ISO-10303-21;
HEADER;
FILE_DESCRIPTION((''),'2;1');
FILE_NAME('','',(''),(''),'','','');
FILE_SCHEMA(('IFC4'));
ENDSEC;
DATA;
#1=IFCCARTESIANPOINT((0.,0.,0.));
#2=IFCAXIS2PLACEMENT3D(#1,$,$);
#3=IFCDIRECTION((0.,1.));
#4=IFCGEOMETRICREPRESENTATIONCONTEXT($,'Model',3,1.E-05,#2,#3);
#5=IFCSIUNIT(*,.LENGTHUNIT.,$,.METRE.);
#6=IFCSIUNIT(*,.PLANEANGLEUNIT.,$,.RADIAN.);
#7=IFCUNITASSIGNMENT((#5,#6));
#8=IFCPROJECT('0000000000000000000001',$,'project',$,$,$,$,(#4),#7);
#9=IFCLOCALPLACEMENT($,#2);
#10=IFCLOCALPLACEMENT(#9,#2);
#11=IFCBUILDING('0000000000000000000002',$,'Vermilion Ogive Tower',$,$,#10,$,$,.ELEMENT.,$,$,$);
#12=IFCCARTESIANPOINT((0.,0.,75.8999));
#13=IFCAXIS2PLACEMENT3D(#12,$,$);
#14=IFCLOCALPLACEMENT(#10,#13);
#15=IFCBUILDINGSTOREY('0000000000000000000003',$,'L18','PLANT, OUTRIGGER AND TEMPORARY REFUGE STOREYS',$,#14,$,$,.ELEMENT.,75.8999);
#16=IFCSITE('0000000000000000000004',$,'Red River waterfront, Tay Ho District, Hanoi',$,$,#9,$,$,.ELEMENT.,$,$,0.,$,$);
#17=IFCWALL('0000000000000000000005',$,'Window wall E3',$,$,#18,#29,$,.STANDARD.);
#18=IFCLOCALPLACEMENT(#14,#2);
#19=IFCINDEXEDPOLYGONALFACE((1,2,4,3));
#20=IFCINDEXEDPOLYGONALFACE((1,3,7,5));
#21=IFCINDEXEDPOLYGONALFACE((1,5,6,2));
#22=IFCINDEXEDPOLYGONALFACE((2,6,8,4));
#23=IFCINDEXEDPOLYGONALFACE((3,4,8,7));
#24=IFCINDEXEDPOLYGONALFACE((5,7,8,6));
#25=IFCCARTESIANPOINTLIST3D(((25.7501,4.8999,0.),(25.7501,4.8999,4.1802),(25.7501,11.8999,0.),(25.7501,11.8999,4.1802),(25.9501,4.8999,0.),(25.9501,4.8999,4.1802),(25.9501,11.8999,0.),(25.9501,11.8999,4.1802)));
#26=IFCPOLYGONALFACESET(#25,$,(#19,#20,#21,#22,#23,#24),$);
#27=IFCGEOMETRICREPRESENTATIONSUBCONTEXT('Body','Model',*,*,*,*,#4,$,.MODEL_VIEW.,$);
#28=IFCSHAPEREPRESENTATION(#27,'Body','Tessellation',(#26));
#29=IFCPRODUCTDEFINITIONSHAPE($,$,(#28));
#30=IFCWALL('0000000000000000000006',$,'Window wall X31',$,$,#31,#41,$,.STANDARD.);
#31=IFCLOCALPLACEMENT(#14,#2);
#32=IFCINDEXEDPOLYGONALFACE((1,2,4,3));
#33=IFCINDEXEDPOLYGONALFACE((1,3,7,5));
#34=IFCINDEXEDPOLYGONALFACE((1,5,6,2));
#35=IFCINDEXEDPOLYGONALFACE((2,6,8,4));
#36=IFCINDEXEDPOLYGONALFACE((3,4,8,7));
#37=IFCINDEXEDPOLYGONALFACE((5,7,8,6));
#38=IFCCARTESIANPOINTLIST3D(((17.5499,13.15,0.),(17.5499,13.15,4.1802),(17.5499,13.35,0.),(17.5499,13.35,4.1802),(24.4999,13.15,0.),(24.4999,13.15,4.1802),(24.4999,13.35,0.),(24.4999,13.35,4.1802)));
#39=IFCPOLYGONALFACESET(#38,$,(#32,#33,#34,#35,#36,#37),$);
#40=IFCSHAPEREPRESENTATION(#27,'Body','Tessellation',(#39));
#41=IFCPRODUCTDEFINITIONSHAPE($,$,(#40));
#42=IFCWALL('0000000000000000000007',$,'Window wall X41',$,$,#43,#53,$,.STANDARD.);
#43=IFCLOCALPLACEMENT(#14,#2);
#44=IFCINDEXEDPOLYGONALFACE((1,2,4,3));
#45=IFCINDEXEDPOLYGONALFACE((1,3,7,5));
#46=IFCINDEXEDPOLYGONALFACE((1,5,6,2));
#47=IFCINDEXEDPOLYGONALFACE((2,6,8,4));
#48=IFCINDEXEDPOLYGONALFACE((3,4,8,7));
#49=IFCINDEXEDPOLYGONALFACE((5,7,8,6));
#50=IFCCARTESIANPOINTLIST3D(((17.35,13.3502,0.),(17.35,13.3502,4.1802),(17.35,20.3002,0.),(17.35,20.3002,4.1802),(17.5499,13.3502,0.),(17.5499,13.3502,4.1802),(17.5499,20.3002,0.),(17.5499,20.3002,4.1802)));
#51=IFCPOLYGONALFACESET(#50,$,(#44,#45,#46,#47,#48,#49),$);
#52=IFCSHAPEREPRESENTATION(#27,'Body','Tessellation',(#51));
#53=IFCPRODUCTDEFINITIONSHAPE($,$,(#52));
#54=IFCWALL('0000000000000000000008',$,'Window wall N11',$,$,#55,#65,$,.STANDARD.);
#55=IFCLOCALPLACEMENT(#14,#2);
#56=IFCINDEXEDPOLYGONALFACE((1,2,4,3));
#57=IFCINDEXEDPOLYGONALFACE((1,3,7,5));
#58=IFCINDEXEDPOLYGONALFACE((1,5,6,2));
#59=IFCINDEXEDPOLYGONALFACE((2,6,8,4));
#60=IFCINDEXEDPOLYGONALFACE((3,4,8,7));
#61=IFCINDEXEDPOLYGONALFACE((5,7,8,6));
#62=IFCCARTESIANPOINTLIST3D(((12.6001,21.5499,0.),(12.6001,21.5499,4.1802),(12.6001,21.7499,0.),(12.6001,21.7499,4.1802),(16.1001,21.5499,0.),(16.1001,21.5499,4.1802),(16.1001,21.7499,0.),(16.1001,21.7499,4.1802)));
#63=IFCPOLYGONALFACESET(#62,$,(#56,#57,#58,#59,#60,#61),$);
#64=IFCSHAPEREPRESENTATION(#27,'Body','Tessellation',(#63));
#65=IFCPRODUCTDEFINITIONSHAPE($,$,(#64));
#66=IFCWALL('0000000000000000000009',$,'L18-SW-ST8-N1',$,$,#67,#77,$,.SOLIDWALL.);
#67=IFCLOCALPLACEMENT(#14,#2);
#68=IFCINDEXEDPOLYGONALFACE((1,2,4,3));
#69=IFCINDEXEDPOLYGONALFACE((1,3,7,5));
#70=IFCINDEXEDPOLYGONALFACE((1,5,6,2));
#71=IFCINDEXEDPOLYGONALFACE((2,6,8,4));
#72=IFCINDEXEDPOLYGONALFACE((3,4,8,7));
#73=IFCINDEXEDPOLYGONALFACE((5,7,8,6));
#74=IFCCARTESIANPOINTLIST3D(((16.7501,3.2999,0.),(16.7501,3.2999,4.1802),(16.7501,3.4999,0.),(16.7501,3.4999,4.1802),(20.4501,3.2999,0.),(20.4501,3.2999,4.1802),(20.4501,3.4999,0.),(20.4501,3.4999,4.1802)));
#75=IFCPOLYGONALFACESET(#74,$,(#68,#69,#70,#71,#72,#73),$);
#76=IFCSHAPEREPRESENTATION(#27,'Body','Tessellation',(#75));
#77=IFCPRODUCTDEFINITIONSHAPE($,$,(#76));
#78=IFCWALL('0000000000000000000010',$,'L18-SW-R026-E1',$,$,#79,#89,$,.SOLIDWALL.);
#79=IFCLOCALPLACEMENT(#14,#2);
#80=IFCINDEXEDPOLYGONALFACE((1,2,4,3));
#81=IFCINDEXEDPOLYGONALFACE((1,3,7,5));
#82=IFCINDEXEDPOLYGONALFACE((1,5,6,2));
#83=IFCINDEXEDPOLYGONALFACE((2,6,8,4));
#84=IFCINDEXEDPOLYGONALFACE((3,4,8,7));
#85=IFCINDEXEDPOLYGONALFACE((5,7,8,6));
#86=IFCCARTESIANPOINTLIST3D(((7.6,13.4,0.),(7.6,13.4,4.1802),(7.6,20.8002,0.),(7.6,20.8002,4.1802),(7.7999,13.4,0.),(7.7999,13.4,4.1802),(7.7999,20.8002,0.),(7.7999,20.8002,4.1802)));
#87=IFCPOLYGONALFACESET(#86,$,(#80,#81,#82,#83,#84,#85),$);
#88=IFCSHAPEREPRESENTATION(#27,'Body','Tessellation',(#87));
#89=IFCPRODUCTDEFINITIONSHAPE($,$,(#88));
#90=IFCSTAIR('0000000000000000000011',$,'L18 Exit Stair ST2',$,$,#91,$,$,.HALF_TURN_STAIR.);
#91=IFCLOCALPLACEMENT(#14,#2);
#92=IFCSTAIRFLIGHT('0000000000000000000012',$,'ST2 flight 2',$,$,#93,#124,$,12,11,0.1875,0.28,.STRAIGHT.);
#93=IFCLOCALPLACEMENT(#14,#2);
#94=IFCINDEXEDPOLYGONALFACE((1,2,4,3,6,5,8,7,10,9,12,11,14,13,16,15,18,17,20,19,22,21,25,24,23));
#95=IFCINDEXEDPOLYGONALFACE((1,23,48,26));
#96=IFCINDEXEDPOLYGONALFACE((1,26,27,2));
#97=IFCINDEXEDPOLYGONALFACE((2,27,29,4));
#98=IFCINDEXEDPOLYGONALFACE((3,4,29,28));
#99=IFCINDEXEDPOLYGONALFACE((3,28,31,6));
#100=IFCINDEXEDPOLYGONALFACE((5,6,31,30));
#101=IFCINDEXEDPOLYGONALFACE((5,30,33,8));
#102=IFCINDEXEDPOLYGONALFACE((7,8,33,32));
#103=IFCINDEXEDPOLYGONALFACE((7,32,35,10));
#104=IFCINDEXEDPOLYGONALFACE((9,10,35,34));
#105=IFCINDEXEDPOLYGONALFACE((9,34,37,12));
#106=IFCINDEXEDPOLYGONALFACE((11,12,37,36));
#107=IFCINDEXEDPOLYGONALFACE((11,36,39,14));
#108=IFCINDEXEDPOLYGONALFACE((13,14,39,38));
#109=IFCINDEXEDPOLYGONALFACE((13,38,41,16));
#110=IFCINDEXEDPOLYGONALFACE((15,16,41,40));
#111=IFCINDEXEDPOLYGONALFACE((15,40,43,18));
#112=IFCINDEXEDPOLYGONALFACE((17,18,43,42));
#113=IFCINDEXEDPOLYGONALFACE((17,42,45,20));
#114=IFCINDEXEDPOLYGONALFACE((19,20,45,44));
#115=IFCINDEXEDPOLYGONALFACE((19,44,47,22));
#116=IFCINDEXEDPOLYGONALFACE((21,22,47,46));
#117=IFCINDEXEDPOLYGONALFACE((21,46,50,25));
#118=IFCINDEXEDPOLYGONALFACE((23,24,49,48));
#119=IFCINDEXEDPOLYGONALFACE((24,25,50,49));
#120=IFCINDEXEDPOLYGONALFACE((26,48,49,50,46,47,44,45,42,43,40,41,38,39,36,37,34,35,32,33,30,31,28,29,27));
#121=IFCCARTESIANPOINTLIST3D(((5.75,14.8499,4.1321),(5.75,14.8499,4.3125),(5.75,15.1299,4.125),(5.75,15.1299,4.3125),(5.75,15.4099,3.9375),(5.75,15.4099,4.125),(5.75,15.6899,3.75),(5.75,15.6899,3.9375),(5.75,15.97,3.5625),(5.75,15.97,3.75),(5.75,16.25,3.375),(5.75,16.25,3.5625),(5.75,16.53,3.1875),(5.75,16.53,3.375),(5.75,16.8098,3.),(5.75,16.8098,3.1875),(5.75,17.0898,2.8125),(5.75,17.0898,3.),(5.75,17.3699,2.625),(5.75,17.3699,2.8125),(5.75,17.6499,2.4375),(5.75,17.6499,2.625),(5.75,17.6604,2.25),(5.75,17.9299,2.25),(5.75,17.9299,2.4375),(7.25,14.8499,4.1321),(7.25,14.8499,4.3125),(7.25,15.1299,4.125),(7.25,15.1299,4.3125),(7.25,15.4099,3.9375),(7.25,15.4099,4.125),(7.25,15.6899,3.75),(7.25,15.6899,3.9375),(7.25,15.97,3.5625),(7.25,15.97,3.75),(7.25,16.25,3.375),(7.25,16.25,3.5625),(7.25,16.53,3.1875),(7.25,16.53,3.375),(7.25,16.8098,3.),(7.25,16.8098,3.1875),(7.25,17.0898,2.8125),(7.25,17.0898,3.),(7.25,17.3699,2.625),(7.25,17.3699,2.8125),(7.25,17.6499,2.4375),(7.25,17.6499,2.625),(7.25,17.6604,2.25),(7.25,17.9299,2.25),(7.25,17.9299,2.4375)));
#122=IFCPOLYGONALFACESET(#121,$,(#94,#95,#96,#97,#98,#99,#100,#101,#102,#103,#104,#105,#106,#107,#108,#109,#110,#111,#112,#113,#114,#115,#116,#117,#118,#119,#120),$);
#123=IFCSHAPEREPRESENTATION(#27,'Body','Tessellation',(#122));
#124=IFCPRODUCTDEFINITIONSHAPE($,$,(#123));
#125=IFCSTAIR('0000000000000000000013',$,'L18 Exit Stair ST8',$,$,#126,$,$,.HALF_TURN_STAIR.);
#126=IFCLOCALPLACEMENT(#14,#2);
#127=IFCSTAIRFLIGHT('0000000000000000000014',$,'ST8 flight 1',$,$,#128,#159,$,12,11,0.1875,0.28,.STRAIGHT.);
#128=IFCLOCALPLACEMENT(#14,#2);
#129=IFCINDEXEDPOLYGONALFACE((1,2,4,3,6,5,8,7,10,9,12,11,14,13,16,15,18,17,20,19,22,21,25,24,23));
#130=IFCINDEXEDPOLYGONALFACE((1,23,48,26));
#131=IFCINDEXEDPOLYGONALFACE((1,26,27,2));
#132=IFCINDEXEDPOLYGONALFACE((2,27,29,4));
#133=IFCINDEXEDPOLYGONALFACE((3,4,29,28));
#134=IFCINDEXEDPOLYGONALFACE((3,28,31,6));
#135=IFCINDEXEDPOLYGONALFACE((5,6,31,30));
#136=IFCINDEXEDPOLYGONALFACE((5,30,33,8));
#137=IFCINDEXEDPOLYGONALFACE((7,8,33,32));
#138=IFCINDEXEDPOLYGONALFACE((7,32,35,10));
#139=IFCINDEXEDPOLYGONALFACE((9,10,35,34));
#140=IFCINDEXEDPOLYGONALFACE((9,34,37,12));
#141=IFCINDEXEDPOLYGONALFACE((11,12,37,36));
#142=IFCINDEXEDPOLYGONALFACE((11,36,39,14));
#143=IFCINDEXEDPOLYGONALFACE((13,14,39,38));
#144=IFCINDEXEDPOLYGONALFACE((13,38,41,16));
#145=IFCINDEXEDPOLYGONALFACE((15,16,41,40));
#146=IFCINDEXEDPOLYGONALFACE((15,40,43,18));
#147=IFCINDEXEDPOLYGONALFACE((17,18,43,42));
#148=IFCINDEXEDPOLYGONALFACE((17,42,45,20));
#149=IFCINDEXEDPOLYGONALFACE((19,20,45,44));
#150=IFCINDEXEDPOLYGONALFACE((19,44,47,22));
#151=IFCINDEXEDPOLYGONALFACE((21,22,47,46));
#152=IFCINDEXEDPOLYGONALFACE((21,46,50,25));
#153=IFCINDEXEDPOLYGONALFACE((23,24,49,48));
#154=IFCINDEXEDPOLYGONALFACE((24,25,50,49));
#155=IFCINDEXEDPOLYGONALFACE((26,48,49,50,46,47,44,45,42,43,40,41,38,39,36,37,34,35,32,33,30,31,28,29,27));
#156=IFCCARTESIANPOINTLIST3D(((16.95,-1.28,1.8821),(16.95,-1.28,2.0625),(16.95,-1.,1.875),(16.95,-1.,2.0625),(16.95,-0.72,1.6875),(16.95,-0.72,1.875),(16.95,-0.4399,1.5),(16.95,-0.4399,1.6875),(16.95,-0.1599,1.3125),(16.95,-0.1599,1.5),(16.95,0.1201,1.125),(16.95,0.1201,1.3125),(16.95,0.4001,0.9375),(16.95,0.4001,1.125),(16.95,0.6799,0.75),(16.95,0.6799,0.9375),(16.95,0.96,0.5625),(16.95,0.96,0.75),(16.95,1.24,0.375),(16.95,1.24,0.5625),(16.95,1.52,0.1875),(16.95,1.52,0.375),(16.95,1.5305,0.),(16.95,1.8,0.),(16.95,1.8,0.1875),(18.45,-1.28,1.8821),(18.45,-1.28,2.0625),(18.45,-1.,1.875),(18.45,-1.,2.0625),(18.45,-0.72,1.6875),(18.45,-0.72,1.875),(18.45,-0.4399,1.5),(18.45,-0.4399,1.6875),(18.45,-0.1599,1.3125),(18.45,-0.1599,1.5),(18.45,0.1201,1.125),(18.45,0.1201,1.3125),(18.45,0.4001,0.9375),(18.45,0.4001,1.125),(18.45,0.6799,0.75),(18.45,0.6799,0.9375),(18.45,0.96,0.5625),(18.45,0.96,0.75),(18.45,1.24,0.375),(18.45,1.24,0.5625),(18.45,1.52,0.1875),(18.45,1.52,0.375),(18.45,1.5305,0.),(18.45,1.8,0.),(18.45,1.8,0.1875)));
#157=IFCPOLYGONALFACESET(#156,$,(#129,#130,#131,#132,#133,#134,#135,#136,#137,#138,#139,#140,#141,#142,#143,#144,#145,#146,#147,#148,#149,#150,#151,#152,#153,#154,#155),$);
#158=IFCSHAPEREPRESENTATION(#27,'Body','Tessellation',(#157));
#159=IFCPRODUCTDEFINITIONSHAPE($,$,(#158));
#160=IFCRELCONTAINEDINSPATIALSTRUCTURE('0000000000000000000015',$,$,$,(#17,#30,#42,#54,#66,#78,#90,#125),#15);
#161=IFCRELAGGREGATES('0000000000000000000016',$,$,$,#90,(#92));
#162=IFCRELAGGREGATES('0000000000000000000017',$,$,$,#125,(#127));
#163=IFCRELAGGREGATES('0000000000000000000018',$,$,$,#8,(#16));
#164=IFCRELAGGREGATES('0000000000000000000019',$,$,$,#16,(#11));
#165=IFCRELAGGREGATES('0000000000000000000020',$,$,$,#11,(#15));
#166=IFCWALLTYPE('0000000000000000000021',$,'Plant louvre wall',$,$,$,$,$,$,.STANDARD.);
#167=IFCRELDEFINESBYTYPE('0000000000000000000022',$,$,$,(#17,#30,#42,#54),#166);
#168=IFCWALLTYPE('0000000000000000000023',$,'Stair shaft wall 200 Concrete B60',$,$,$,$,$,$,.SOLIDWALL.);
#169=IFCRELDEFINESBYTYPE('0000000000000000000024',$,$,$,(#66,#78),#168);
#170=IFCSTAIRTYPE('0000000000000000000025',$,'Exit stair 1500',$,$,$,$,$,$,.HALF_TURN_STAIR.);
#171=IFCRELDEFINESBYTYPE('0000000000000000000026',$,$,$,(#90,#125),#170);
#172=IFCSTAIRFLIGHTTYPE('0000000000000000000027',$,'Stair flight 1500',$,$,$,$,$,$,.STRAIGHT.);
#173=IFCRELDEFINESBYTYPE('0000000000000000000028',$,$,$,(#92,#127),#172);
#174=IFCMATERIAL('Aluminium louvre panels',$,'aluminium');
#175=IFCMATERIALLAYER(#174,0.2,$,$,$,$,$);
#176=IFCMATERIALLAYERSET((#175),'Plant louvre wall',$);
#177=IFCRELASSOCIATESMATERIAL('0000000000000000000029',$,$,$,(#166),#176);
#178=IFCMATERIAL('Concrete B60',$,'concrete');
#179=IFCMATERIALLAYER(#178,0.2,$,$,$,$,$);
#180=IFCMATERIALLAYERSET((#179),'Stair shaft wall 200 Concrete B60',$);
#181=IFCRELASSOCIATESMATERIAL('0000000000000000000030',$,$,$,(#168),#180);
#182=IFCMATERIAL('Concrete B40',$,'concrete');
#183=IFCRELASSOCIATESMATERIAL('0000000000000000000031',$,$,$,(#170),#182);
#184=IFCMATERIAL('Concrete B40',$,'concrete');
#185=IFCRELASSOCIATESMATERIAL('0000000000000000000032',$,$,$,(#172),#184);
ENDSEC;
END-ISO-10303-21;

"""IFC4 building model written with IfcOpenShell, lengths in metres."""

from ifc_helpers import new_model, si_unit, direction, frame, frame_2d, origin, place, context, subcontext, project, spatial, polyline, rectangle, outline, extrude, material, layer, layer_set, type_object, element, aggregate, save


model = new_model("IFC4")

# Units and contexts
model_context = context("Model", 3, precision=1e-05, world=origin(), true_north=direction((0.0, 1.0)))
body_context = subcontext(model_context, "Body", "Model", "MODEL_VIEW")
ifc_project = project(units=[si_unit("LENGTHUNIT", "METRE"), si_unit("PLANEANGLEUNIT", "RADIAN")], contexts=[model_context])

# Site, building, storey
site_placement = place(None, origin())
site = spatial("IfcSite", under=ifc_project, at=site_placement, Name="Red River waterfront, Tay Ho District, Hanoi", CompositionType="ELEMENT", RefElevation=0.0)
building_placement = place(site_placement, origin())
building = spatial("IfcBuilding", under=site, at=building_placement, Name="Vermilion Ogive Tower", CompositionType="ELEMENT")
storey_placement = place(building_placement, frame((0.0, 0.0, 75.8999)))
storey = spatial("IfcBuildingStorey", under=building, at=storey_placement, Name="L18", Description="PLANT, OUTRIGGER AND TEMPORARY REFUGE STOREYS", CompositionType="ELEMENT", Elevation=75.8999)

# Walls
ifc_material_1 = material(Name="Aluminium louvre panels", Category="aluminium")
ifc_layer_1 = layer(ifc_material_1, 0.2)
ifc_layer_set_1 = layer_set([ifc_layer_1], Name="Plant louvre wall")
wall_type_1 = type_object("IfcWallType", Name="Plant louvre wall", PredefinedType="STANDARD", material=ifc_layer_set_1)
wall_1_placement = place(storey_placement, frame((25.8501, 4.8999, 0.0), z_axis=(0.0, 0.0, 1.0), x_axis=(0.0, 1.0, 0.0)))
element("IfcWall", 1, at=wall_1_placement, inside=storey, type_object=wall_type_1, Name="Window wall E3", PredefinedType="STANDARD", context=body_context, shape_type="SweptSolid", body=[
    extrude(rectangle(XDim=7.0, YDim=0.2, at=frame_2d((3.5, 0.0))), origin(), (0.0, 0.0, 1.0), 4.1802),
])
for number, where, z_axis, x_axis, name in (
    (2, (24.5, 13.25, 0.0), (0.0, 0.0, 1.0), (-1.0, 0.0, 0.0), "Window wall X31"),
    (3, (17.45, 13.3501, 0.0), (0.0, 0.0, 1.0), (0.0, 1.0, 0.0), "Window wall X41"),
):
    element("IfcWall", number, at=place(storey_placement, frame(where, z_axis=z_axis, x_axis=x_axis)), inside=storey, type_object=wall_type_1, Name=name, PredefinedType="STANDARD", context=body_context, shape_type="SweptSolid", body=[
        extrude(rectangle(XDim=6.95, YDim=0.2, at=frame_2d((3.4751, 0.0))), origin(), (0.0, 0.0, 1.0), 4.1802),
    ])
wall_2_placement = place(storey_placement, frame((16.1001, 21.6499, 0.0), z_axis=(0.0, 0.0, 1.0), x_axis=(-1.0, 0.0, 0.0)))
element("IfcWall", 4, at=wall_2_placement, inside=storey, type_object=wall_type_1, Name="Window wall N11", PredefinedType="STANDARD", context=body_context, shape_type="SweptSolid", body=[
    extrude(rectangle(XDim=3.5, YDim=0.2, at=frame_2d((1.75, 0.0))), origin(), (0.0, 0.0, 1.0), 4.1802),
])
ifc_material_2 = material(Name="Concrete B60", Category="concrete")
ifc_layer_2 = layer(ifc_material_2, 0.2)
ifc_layer_set_2 = layer_set([ifc_layer_2], Name="Stair shaft wall 200 Concrete B60")
wall_type_2 = type_object("IfcWallType", Name="Stair shaft wall 200 Concrete B60", PredefinedType="SOLIDWALL", material=ifc_layer_set_2)
wall_3_placement = place(storey_placement, frame((16.75, 3.3999, 0.0), z_axis=(0.0, 0.0, 1.0), x_axis=(1.0, 0.0, 0.0)))
element("IfcWall", 5, at=wall_3_placement, inside=storey, type_object=wall_type_2, Name="L18-SW-ST8-N1", PredefinedType="SOLIDWALL", context=body_context, shape_type="SweptSolid", body=[
    extrude(rectangle(XDim=3.7, YDim=0.2, at=frame_2d((1.8501, 0.0))), origin(), (0.0, 0.0, 1.0), 4.1802),
])
wall_4_placement = place(storey_placement, frame((7.7, 13.3999, 0.0), z_axis=(0.0, 0.0, 1.0), x_axis=(0.0, 1.0, 0.0)))
element("IfcWall", 6, at=wall_4_placement, inside=storey, type_object=wall_type_2, Name="L18-SW-R026-E1", PredefinedType="SOLIDWALL", context=body_context, shape_type="SweptSolid", body=[
    extrude(rectangle(XDim=7.4001, YDim=0.2, at=frame_2d((3.7002, 0.0))), origin(), (0.0, 0.0, 1.0), 4.1802),
])

# Stairs, stair flights
ifc_material_3 = material(Name="Concrete B40", Category="concrete")
stair_type = type_object("IfcStairType", Name="Exit stair 1500", PredefinedType="HALF_TURN_STAIR", material=ifc_material_3)
stair_1_placement = place(storey_placement, origin())
stair_1 = element("IfcStair", 7, at=stair_1_placement, inside=storey, type_object=stair_type, Name="L18 Exit Stair ST2", PredefinedType="HALF_TURN_STAIR")
ifc_material_4 = material(Name="Concrete B40", Category="concrete")
stair_flight_type = type_object("IfcStairFlightType", Name="Stair flight 1500", PredefinedType="STRAIGHT", material=ifc_material_4)
stair_flight_1_placement = place(storey_placement, frame((6.5, 17.9299, 2.25), z_axis=(0.0, 0.0, 1.0), x_axis=(0.0, -1.0, 0.0)))
stair_flight_1 = element("IfcStairFlight", 8, at=stair_flight_1_placement, type_object=stair_flight_type, Name="ST2 flight 2", NumberOfRisers=12, NumberOfTreads=11, PredefinedType="STRAIGHT", RiserHeight=0.1875, TreadLength=0.28, context=body_context, shape_type="SweptSolid", body=[
    extrude(outline(polyline([(0.0, 0.0), (0.0, 0.1875), (0.28, 0.1875), (0.28, 0.375), (0.5601, 0.375), (0.5601, 0.5625), (0.8401, 0.5625), (0.8401, 0.75), (1.1201, 0.75), (1.1201, 0.9375), (1.3999, 0.9375), (1.3999, 1.125), (1.6799, 1.125), (1.6799, 1.3125), (1.96, 1.3125), (1.96, 1.5), (2.24, 1.5), (2.24, 1.6875), (2.52, 1.6875), (2.52, 1.875), (2.8, 1.875), (2.8, 2.0625), (3.0801, 2.0625), (3.0801, 2.25), (3.0801, 1.8821), (0.2695, 0.0), (0.0, 0.0)])), frame((0.0, 0.75, 0.0), z_axis=(0.0, -1.0, 0.0), x_axis=(1.0, 0.0, 0.0)), (0.0, 0.0, 1.0), 1.5),
])
aggregate(stair_1, [stair_flight_1])
stair_2_placement = place(storey_placement, origin())
stair_2 = element("IfcStair", 9, at=stair_2_placement, inside=storey, type_object=stair_type, Name="L18 Exit Stair ST8", PredefinedType="HALF_TURN_STAIR")
stair_flight_2_placement = place(storey_placement, frame((17.7, 1.8, 0.0), z_axis=(0.0, 0.0, 1.0), x_axis=(0.0, -1.0, 0.0)))
stair_flight_2 = element("IfcStairFlight", 10, at=stair_flight_2_placement, type_object=stair_flight_type, Name="ST8 flight 1", NumberOfRisers=12, NumberOfTreads=11, PredefinedType="STRAIGHT", RiserHeight=0.1875, TreadLength=0.28, context=body_context, shape_type="SweptSolid", body=[
    extrude(outline(polyline([(0.0, 0.0), (0.0, 0.1875), (0.28, 0.1875), (0.28, 0.375), (0.5601, 0.375), (0.5601, 0.5625), (0.8401, 0.5625), (0.8401, 0.75), (1.1201, 0.75), (1.1201, 0.9375), (1.3999, 0.9375), (1.3999, 1.125), (1.6799, 1.125), (1.6799, 1.3125), (1.96, 1.3125), (1.96, 1.5), (2.24, 1.5), (2.24, 1.6875), (2.52, 1.6875), (2.52, 1.875), (2.8, 1.875), (2.8, 2.0625), (3.0801, 2.0625), (3.0801, 2.25), (3.0801, 1.8821), (0.2695, 0.0), (0.0, 0.0)])), frame((0.0, 0.75, 0.0), z_axis=(0.0, -1.0, 0.0), x_axis=(1.0, 0.0, 0.0)), (0.0, 0.0, 1.0), 1.5),
])
aggregate(stair_2, [stair_flight_2])

save(model, "model.ifc")
